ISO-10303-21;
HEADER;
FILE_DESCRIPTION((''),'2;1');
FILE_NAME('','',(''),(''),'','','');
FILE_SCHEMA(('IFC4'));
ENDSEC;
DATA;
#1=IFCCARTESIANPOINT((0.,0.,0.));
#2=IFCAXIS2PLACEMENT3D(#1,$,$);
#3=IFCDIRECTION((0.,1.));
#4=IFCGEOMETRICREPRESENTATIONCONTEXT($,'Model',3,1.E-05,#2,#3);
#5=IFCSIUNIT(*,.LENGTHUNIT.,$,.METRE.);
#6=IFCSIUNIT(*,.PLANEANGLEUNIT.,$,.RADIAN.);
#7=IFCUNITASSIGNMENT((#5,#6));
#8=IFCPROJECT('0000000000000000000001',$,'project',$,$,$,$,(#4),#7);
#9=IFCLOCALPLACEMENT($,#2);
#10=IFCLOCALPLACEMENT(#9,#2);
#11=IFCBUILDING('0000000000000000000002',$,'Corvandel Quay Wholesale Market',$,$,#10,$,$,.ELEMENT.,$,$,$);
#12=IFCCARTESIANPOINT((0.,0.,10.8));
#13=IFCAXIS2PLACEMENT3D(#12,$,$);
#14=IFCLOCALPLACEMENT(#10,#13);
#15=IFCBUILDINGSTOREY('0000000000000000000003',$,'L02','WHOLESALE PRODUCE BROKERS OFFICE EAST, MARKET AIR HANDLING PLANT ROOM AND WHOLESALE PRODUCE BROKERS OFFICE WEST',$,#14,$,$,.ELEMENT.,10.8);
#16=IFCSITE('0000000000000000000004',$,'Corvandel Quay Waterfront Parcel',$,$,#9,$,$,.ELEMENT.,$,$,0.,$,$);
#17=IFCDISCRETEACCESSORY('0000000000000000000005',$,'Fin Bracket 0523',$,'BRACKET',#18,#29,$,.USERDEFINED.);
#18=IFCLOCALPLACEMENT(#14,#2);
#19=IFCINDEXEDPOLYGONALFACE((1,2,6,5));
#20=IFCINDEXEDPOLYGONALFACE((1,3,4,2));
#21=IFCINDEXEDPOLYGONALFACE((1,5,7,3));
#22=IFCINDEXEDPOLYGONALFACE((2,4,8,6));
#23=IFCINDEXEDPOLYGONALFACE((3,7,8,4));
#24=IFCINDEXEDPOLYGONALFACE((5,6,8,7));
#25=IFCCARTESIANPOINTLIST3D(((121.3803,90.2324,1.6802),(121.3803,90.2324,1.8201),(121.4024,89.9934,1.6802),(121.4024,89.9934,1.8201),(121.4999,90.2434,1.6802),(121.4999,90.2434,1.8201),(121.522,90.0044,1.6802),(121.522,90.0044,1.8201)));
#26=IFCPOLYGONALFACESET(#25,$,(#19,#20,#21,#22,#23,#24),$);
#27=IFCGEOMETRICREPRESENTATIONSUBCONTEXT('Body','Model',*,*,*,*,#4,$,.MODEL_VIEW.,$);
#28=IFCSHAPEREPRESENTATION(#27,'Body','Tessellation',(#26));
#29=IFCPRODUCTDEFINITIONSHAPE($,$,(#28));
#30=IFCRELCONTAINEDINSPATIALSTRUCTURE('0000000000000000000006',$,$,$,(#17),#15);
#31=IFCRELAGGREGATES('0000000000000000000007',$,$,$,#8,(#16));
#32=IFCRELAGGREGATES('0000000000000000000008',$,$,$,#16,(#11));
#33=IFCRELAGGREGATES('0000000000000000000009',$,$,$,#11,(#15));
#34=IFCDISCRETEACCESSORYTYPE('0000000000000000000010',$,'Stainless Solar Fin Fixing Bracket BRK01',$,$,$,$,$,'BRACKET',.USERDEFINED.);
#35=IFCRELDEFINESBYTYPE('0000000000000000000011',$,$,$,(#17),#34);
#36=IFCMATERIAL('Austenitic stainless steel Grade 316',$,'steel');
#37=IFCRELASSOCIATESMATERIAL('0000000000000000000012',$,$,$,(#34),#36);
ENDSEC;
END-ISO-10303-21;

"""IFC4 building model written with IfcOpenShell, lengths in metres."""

from ifc_helpers import new_model, si_unit, direction, frame, origin, origin_2d, place, context, subcontext, project, spatial, rectangle, extrude, material, type_object, element, save


model = new_model("IFC4")

# Units and contexts
model_context = context("Model", 3, precision=1e-05, world=origin(), true_north=direction((0.0, 1.0)))
body_context = subcontext(model_context, "Body", "Model", "MODEL_VIEW")
ifc_project = project(units=[si_unit("LENGTHUNIT", "METRE"), si_unit("PLANEANGLEUNIT", "RADIAN")], contexts=[model_context])

# Site, building, storey
site_placement = place(None, origin())
site = spatial("IfcSite", under=ifc_project, at=site_placement, Name="Corvandel Quay Waterfront Parcel", CompositionType="ELEMENT", RefElevation=0.0)
building_placement = place(site_placement, origin())
building = spatial("IfcBuilding", under=site, at=building_placement, Name="Corvandel Quay Wholesale Market", CompositionType="ELEMENT")
storey_placement = place(building_placement, frame((0.0, 0.0, 10.8)))
storey = spatial("IfcBuildingStorey", under=building, at=storey_placement, Name="L02", Description="WHOLESALE PRODUCE BROKERS OFFICE EAST, MARKET AIR HANDLING PLANT ROOM AND WHOLESALE PRODUCE BROKERS OFFICE WEST", CompositionType="ELEMENT", Elevation=10.8)

# Discrete accessory
ifc_material_1 = material(Name="Austenitic stainless steel Grade 316", Category="steel")
discrete_accessory_type = type_object("IfcDiscreteAccessoryType", Name="Stainless Solar Fin Fixing Bracket BRK01", ElementType="BRACKET", PredefinedType="USERDEFINED", material=ifc_material_1)
discrete_accessory_placement = place(storey_placement, frame((121.4512, 90.1184, 1.6802), z_axis=(0.0, 0.0, 1.0), x_axis=(-0.092023, 0.995757, 0.0)))
element("IfcDiscreteAccessory", 1, at=discrete_accessory_placement, inside=storey, type_object=discrete_accessory_type, Name="Fin Bracket 0523", ObjectType="BRACKET", PredefinedType="USERDEFINED", context=body_context, shape_type="SweptSolid", body=[
    extrude(rectangle(XDim=0.24, YDim=0.1201, at=origin_2d()), origin(), (0.0, 0.0, 1.0), 0.1399),
])

save(model, "model.ifc")
